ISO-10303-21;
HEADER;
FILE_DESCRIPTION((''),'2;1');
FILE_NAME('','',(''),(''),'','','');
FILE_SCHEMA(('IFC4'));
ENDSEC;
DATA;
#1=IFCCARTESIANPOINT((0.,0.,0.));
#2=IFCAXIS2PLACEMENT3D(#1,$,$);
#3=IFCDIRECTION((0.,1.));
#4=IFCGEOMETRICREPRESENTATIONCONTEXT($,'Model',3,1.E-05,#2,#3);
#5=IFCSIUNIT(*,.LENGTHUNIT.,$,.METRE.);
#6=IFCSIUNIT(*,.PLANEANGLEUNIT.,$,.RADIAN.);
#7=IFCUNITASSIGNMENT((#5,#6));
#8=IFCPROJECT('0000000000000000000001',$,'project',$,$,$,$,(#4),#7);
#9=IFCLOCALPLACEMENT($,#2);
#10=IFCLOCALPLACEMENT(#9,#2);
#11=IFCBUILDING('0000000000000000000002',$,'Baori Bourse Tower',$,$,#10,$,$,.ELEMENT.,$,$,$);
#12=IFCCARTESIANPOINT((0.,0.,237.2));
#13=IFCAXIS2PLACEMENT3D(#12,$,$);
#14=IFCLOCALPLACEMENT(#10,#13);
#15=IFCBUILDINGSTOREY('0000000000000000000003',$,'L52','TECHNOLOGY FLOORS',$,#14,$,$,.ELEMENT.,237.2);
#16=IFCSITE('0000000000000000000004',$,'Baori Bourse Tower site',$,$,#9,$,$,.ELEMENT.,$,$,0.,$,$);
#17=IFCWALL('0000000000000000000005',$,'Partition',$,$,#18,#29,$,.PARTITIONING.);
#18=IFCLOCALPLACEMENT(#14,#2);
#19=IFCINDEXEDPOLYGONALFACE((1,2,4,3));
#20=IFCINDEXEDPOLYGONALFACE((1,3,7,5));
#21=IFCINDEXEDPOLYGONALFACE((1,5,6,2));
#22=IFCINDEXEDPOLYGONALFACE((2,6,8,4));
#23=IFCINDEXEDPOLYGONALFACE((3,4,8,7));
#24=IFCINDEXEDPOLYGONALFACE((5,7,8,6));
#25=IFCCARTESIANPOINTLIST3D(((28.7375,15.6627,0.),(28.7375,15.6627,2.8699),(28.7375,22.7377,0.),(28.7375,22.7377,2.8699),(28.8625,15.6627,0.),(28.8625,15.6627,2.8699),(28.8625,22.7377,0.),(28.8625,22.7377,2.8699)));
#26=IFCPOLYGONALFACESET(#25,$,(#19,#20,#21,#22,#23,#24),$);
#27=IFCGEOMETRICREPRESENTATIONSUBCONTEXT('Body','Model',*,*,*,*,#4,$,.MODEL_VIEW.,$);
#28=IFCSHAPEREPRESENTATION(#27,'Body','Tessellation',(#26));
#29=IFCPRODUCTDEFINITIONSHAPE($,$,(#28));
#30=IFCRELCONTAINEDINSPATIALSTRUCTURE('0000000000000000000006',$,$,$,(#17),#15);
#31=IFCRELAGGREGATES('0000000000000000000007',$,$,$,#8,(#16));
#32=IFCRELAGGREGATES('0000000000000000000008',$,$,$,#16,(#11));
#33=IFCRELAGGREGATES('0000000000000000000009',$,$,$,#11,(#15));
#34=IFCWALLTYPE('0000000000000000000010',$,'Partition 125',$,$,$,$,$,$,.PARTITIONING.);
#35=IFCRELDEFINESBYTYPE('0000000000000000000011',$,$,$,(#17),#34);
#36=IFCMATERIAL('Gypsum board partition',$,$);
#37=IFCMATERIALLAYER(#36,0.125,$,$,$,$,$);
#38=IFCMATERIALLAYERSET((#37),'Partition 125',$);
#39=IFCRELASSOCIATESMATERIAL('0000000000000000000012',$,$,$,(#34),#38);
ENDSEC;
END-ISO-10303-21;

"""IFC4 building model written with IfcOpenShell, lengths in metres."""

from ifc_helpers import new_model, si_unit, direction, frame, frame_2d, origin, place, context, subcontext, project, spatial, rectangle, extrude, material, layer, layer_set, type_object, element, save


model = new_model("IFC4")

# Units and contexts
model_context = context("Model", 3, precision=1e-05, world=origin(), true_north=direction((0.0, 1.0)))
body_context = subcontext(model_context, "Body", "Model", "MODEL_VIEW")
ifc_project = project(units=[si_unit("LENGTHUNIT", "METRE"), si_unit("PLANEANGLEUNIT", "RADIAN")], contexts=[model_context])

# Site, building, storey
site_placement = place(None, origin())
site = spatial("IfcSite", under=ifc_project, at=site_placement, Name="Baori Bourse Tower site", CompositionType="ELEMENT", RefElevation=0.0)
building_placement = place(site_placement, origin())
building = spatial("IfcBuilding", under=site, at=building_placement, Name="Baori Bourse Tower", CompositionType="ELEMENT")
storey_placement = place(building_placement, frame((0.0, 0.0, 237.2)))
storey = spatial("IfcBuildingStorey", under=building, at=storey_placement, Name="L52", Description="TECHNOLOGY FLOORS", CompositionType="ELEMENT", Elevation=237.2)

# Wall
ifc_material_1 = material(Name="Gypsum board partition")
ifc_layer_1 = layer(ifc_material_1, 0.125)
ifc_layer_set_1 = layer_set([ifc_layer_1], Name="Partition 125")
wall_type_1 = type_object("IfcWallType", Name="Partition 125", PredefinedType="PARTITIONING", material=ifc_layer_set_1)
wall_1_placement = place(storey_placement, frame((28.8, 15.6626, 0.0), z_axis=(0.0, 0.0, 1.0), x_axis=(0.0, 1.0, 0.0)))
element("IfcWall", 1, at=wall_1_placement, inside=storey, type_object=wall_type_1, Name="Partition", PredefinedType="PARTITIONING", context=body_context, shape_type="SweptSolid", body=[
    extrude(rectangle(XDim=7.075, YDim=0.125, at=frame_2d((3.5376, 0.0))), origin(), (0.0, 0.0, 1.0), 2.8699),
])

save(model, "model.ifc")
